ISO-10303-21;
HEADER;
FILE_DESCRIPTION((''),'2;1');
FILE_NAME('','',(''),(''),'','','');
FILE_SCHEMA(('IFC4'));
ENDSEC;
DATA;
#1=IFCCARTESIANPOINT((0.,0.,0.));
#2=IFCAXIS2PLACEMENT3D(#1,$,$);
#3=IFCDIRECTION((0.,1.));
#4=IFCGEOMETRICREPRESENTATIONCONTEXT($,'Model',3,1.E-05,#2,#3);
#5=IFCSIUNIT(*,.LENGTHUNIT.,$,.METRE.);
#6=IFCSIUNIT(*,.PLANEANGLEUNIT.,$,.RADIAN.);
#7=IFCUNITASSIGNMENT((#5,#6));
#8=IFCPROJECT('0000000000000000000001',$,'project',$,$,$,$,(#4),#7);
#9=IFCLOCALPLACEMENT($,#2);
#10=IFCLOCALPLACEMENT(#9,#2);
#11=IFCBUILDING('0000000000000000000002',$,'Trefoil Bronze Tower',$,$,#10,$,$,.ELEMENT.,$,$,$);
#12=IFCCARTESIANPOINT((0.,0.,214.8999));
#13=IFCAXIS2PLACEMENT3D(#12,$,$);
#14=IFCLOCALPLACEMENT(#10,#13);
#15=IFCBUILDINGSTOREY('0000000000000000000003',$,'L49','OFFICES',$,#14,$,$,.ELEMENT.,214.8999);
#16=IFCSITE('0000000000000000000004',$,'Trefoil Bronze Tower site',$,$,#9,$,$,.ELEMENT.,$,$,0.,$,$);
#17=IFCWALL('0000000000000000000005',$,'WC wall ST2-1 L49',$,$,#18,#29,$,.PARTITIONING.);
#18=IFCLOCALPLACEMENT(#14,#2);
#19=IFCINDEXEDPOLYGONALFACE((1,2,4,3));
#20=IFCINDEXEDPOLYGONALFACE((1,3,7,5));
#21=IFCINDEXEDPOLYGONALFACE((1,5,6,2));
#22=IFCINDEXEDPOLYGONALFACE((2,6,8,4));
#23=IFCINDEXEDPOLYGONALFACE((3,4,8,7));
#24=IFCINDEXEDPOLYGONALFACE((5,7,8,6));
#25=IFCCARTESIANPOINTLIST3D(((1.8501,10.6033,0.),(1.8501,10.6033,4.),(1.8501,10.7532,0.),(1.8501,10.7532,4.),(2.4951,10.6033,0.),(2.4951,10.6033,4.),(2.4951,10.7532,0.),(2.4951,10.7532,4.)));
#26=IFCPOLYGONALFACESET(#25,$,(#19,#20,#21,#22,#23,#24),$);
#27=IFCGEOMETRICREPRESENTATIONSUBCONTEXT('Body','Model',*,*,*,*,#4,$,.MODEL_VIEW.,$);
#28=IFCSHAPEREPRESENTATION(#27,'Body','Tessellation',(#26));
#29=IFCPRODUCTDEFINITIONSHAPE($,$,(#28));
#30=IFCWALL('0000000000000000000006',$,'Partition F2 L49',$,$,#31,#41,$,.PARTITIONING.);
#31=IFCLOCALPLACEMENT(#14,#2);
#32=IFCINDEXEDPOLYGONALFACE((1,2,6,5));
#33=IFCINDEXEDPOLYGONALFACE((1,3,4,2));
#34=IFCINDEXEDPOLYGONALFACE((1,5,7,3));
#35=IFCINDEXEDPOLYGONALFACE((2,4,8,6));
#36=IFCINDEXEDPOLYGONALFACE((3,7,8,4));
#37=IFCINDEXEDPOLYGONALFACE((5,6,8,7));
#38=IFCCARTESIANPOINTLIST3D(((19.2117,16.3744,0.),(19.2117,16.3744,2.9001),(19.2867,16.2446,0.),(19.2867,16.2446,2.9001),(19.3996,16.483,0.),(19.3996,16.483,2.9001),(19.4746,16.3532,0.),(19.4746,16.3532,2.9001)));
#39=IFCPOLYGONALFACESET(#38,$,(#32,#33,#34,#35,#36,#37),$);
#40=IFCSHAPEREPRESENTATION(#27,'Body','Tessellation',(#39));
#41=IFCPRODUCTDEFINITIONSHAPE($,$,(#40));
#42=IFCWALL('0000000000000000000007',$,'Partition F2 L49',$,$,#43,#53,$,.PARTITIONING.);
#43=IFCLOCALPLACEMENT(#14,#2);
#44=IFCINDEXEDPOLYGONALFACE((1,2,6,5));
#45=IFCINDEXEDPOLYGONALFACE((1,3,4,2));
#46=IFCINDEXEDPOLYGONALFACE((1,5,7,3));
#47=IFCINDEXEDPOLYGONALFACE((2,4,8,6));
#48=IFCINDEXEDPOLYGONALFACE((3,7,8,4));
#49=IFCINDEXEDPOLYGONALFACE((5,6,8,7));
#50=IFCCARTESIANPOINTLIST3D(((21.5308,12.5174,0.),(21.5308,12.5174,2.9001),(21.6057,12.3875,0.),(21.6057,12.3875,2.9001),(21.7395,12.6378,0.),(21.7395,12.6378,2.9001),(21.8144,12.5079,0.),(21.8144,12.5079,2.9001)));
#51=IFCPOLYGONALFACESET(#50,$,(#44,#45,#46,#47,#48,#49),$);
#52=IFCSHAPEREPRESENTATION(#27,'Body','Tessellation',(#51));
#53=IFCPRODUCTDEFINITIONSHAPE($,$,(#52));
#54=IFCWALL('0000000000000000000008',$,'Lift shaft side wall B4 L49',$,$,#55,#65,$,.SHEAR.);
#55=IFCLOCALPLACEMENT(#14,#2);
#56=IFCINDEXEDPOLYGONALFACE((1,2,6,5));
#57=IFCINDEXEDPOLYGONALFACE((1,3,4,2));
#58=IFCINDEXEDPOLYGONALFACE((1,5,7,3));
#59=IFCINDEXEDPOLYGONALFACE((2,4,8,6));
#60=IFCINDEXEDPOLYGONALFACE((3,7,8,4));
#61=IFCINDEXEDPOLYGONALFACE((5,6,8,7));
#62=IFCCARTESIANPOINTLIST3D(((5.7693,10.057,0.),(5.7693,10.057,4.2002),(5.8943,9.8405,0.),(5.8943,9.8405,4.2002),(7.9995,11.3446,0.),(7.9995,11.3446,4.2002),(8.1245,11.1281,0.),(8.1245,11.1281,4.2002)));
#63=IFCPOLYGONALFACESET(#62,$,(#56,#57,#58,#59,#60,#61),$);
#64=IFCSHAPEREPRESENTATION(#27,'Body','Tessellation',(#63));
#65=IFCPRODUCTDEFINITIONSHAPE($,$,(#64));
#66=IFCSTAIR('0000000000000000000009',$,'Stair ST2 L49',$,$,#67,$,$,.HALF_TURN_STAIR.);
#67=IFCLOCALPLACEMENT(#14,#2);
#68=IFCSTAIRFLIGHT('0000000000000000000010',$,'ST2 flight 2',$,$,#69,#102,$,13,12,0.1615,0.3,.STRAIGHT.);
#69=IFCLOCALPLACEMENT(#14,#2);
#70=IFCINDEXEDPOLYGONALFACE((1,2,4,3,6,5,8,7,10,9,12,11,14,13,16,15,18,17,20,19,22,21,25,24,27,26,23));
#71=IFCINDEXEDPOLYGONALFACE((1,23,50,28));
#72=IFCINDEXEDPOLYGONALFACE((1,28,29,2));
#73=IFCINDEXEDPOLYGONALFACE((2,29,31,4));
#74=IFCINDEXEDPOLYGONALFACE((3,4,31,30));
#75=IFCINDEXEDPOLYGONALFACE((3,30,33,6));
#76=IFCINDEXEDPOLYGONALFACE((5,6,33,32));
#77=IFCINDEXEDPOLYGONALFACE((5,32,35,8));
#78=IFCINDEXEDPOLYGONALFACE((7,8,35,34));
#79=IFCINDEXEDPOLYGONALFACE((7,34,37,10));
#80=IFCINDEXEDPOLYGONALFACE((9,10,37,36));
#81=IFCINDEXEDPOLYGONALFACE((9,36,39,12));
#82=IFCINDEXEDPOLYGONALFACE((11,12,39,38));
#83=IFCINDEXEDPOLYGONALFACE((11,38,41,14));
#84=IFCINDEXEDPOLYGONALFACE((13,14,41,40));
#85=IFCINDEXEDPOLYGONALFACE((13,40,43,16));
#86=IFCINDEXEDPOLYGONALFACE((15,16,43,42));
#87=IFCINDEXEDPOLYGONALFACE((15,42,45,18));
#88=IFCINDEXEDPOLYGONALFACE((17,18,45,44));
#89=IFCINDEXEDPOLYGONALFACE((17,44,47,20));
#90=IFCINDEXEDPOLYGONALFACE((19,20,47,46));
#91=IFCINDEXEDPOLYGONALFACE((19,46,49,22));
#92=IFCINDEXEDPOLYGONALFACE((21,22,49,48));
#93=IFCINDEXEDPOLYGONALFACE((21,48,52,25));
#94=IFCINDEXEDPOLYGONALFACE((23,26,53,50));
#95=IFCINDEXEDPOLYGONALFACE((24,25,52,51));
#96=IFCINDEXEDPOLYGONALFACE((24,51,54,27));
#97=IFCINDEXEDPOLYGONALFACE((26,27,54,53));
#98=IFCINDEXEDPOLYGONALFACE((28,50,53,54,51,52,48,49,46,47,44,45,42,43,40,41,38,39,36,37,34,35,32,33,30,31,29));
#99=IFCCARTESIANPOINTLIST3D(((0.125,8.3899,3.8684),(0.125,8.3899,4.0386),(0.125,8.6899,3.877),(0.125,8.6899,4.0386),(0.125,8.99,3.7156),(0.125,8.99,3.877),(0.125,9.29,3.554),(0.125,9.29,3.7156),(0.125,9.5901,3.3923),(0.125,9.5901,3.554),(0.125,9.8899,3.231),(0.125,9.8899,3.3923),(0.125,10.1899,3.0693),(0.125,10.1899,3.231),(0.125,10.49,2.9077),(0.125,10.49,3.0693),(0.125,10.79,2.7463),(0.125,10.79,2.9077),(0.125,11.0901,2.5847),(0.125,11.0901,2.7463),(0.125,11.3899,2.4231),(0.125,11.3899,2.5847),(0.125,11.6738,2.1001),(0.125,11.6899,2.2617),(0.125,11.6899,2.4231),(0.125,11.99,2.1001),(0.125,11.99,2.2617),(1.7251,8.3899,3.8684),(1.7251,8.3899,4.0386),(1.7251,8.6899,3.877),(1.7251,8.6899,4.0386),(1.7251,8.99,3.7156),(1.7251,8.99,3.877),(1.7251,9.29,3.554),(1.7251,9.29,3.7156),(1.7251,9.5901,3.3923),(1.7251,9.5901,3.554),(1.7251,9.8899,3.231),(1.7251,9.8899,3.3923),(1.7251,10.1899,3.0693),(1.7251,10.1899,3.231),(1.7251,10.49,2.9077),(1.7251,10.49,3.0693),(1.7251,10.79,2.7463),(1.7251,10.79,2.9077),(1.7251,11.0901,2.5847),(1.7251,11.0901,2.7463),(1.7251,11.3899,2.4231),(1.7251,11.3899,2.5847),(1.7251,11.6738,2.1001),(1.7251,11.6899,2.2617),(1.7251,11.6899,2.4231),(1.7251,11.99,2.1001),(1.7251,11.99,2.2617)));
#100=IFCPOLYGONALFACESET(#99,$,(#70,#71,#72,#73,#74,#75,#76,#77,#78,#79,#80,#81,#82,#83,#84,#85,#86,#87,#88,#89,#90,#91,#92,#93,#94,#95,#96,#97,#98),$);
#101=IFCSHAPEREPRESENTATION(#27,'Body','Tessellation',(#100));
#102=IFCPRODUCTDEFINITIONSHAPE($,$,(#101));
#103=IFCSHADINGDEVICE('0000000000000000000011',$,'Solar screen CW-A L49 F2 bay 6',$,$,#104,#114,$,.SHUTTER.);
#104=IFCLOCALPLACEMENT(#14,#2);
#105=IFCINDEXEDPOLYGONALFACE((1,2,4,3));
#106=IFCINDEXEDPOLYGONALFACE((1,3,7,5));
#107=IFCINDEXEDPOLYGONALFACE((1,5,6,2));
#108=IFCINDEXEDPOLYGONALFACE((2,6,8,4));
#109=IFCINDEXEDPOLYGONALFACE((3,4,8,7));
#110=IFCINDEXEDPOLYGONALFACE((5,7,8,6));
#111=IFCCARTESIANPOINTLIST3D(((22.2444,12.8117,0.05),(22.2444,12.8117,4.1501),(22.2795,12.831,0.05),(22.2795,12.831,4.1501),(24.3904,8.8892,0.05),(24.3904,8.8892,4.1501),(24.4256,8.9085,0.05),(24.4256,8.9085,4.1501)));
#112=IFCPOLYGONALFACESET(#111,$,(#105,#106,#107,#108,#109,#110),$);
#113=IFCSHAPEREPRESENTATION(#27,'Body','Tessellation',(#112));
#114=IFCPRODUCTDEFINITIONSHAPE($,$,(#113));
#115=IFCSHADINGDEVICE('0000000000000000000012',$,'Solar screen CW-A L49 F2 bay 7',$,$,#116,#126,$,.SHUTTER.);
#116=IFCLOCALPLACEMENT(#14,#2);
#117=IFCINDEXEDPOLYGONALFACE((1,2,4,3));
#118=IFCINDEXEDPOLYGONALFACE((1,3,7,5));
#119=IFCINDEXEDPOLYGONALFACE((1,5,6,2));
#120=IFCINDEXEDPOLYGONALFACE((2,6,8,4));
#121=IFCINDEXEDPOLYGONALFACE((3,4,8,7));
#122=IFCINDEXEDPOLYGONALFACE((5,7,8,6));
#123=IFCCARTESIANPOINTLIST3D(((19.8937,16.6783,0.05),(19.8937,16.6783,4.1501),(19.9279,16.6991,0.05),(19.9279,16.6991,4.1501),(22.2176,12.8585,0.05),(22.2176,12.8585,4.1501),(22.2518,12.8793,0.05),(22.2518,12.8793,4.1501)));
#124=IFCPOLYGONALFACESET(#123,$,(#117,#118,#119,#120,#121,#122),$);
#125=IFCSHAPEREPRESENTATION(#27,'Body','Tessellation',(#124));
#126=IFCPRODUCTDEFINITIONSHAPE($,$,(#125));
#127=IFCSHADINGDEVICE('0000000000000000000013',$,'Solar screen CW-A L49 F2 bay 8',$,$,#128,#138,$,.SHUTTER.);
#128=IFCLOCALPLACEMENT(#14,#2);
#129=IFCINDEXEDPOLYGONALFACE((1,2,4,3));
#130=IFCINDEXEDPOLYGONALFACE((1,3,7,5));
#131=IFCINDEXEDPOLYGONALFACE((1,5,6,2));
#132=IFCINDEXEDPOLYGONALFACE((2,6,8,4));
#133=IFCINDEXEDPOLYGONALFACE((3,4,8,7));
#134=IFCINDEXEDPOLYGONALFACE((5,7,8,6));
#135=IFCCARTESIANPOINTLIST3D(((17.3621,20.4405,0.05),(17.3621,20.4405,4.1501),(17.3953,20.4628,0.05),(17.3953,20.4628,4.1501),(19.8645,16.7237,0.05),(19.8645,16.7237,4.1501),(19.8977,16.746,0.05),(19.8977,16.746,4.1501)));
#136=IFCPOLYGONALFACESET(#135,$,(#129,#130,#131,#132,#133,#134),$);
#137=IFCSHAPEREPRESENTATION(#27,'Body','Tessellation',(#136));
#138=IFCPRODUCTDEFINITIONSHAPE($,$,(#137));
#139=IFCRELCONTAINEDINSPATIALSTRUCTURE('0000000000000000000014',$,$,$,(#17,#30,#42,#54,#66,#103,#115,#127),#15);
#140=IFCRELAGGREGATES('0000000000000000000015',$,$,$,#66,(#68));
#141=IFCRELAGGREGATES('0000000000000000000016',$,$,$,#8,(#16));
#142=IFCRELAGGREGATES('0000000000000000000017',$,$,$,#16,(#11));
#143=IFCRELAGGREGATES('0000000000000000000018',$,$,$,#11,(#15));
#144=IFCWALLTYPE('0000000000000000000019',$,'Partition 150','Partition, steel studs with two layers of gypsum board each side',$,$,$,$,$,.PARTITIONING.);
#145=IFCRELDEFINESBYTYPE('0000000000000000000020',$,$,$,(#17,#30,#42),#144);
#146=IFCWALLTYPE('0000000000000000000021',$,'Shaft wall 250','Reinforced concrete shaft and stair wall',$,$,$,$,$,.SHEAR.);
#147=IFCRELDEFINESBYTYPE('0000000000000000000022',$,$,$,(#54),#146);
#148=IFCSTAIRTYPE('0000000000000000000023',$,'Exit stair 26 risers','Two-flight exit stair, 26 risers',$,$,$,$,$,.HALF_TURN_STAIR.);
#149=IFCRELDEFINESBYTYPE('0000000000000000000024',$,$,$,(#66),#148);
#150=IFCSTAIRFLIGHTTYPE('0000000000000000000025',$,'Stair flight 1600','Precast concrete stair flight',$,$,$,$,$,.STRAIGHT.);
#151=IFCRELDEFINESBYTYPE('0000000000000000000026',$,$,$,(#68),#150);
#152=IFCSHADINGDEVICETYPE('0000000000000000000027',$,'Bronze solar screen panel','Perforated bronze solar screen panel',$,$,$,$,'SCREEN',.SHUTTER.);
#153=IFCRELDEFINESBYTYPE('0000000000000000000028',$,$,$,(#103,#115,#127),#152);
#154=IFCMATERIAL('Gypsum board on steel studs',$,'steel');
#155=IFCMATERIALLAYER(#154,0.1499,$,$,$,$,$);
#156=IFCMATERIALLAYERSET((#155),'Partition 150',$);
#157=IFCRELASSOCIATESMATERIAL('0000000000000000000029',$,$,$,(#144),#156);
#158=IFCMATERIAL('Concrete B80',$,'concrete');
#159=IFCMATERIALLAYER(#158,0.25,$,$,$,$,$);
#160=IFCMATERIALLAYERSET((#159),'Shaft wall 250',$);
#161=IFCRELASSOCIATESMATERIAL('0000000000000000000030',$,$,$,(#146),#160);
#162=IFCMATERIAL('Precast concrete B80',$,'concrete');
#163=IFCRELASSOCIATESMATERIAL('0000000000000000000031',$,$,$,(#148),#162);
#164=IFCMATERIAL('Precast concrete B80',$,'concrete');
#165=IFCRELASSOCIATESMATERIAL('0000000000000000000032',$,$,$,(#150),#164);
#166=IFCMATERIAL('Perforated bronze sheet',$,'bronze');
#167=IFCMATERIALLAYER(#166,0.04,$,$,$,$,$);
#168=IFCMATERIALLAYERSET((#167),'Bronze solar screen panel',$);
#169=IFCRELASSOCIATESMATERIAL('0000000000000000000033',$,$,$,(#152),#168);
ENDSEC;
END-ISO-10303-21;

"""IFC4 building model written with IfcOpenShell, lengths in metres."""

from ifc_helpers import new_model, si_unit, direction, frame, frame_2d, origin, origin_2d, place, context, subcontext, project, spatial, polyline, rectangle, outline, extrude, material, layer, layer_set, type_object, element, aggregate, save


model = new_model("IFC4")

# Units and contexts
model_context = context("Model", 3, precision=1e-05, world=origin(), true_north=direction((0.0, 1.0)))
body_context = subcontext(model_context, "Body", "Model", "MODEL_VIEW")
ifc_project = project(units=[si_unit("LENGTHUNIT", "METRE"), si_unit("PLANEANGLEUNIT", "RADIAN")], contexts=[model_context])

# Site, building, storey
site_placement = place(None, origin())
site = spatial("IfcSite", under=ifc_project, at=site_placement, Name="Trefoil Bronze Tower site", CompositionType="ELEMENT", RefElevation=0.0)
building_placement = place(site_placement, origin())
building = spatial("IfcBuilding", under=site, at=building_placement, Name="Trefoil Bronze Tower", CompositionType="ELEMENT")
storey_placement = place(building_placement, frame((0.0, 0.0, 214.8999)))
storey = spatial("IfcBuildingStorey", under=building, at=storey_placement, Name="L49", Description="OFFICES", CompositionType="ELEMENT", Elevation=214.8999)

# Shared definitions
ifc_material_1 = material(Name="Gypsum board on steel studs", Category="steel")
ifc_layer_1 = layer(ifc_material_1, 0.1499)
ifc_layer_set_1 = layer_set([ifc_layer_1], Name="Partition 150")
wall_type_1 = type_object("IfcWallType", Name="Partition 150", Description="Partition, steel studs with two layers of gypsum board each side", PredefinedType="PARTITIONING", material=ifc_layer_set_1)

# Walls
wall_1_placement = place(storey_placement, frame((2.4951, 10.6782, 0.0), z_axis=(0.0, 0.0, 1.0), x_axis=(-1.0, 0.0, 0.0)))
element("IfcWall", 1, at=wall_1_placement, inside=storey, type_object=wall_type_1, Name="WC wall ST2-1 L49", PredefinedType="PARTITIONING", context=body_context, shape_type="SweptSolid", body=[
    extrude(rectangle(XDim=0.645, YDim=0.1499, at=frame_2d((0.3225, 0.0))), origin(), (0.0, 0.0, 1.0), 4.0),
])
wall_2_placement = place(storey_placement, frame((19.2493, 16.3096, 0.0), z_axis=(0.0, 0.0, 1.0), x_axis=(0.865811, 0.500371, 0.0)))
element("IfcWall", 2, at=wall_2_placement, inside=storey, type_object=wall_type_1, Name="Partition F2 L49", PredefinedType="PARTITIONING", context=body_context, shape_type="SweptSolid", body=[
    extrude(rectangle(XDim=0.217, YDim=0.1499, at=frame_2d((0.1084, 0.0))), origin(), (0.0, 0.0, 1.0), 2.9001),
])
wall_3_placement = place(storey_placement, frame((21.5681, 12.4524, 0.0), z_axis=(0.0, 0.0, 1.0), x_axis=(0.866304, 0.499518, 0.0)))
element("IfcWall", 3, at=wall_3_placement, inside=storey, type_object=wall_type_1, Name="Partition F2 L49", PredefinedType="PARTITIONING", context=body_context, shape_type="SweptSolid", body=[
    extrude(rectangle(XDim=0.241, YDim=0.1499, at=frame_2d((0.1206, 0.0))), origin(), (0.0, 0.0, 1.0), 2.9001),
])
ifc_material_2 = material(Name="Concrete B80", Category="concrete")
ifc_layer_2 = layer(ifc_material_2, 0.25)
ifc_layer_set_2 = layer_set([ifc_layer_2], Name="Shaft wall 250")
wall_type_2 = type_object("IfcWallType", Name="Shaft wall 250", Description="Reinforced concrete shaft and stair wall", PredefinedType="SHEAR", material=ifc_layer_set_2)
wall_4_placement = place(storey_placement, frame((5.8318, 9.9487, 0.0), z_axis=(0.0, 0.0, 1.0), x_axis=(0.866029, 0.499993, 0.0)))
element("IfcWall", 4, at=wall_4_placement, inside=storey, type_object=wall_type_2, Name="Lift shaft side wall B4 L49", PredefinedType="SHEAR", context=body_context, shape_type="SweptSolid", body=[
    extrude(rectangle(XDim=2.5752, YDim=0.25, at=frame_2d((1.2876, 0.0))), origin(), (0.0, 0.0, 1.0), 4.2002),
])

# Stair, stair flight
ifc_material_3 = material(Name="Precast concrete B80", Category="concrete")
stair_type = type_object("IfcStairType", Name="Exit stair 26 risers", Description="Two-flight exit stair, 26 risers", PredefinedType="HALF_TURN_STAIR", material=ifc_material_3)
stair_placement = place(storey_placement, origin())
stair = element("IfcStair", 5, at=stair_placement, inside=storey, type_object=stair_type, Name="Stair ST2 L49", PredefinedType="HALF_TURN_STAIR")
ifc_material_4 = material(Name="Precast concrete B80", Category="concrete")
stair_flight_type = type_object("IfcStairFlightType", Name="Stair flight 1600", Description="Precast concrete stair flight", PredefinedType="STRAIGHT", material=ifc_material_4)
stair_flight_placement = place(storey_placement, frame((0.925, 11.99, 2.1001), z_axis=(0.0, 0.0, 1.0), x_axis=(0.0, -1.0, 0.0)))
stair_flight = element("IfcStairFlight", 6, at=stair_flight_placement, type_object=stair_flight_type, Name="ST2 flight 2", NumberOfRisers=13, NumberOfTreads=12, PredefinedType="STRAIGHT", RiserHeight=0.1615, TreadLength=0.3, context=body_context, shape_type="SweptSolid", body=[
    extrude(outline(polyline([(0.0, 0.0), (0.0, 0.1616), (0.3, 0.1616), (0.3, 0.323), (0.6001, 0.323), (0.6001, 0.4846), (0.8999, 0.4846), (0.8999, 0.6462), (1.2, 0.6462), (1.2, 0.8076), (1.5, 0.8076), (1.5, 0.9692), (1.8, 0.9692), (1.8, 1.1309), (2.1001, 1.1309), (2.1001, 1.2922), (2.3999, 1.2922), (2.3999, 1.4539), (2.7, 1.4539), (2.7, 1.6155), (3.0, 1.6155), (3.0, 1.7769), (3.3, 1.7769), (3.3, 1.9385), (3.6001, 1.9385), (3.6001, 2.1001), (3.6001, 1.7683), (0.3162, 0.0), (0.0, 0.0)])), frame((0.0, 0.8, 0.0), z_axis=(0.0, -1.0, 0.0), x_axis=(1.0, 0.0, 0.0)), (0.0, 0.0, 1.0), 1.6001),
])
aggregate(stair, [stair_flight])

# Shading devices
ifc_material_5 = material(Name="Perforated bronze sheet", Category="bronze")
ifc_layer_3 = layer(ifc_material_5, 0.04)
ifc_layer_set_3 = layer_set([ifc_layer_3], Name="Bronze solar screen panel")
shading_device_type = type_object("IfcShadingDeviceType", Name="Bronze solar screen panel", Description="Perforated bronze solar screen panel", ElementType="SCREEN", PredefinedType="SHUTTER", material=ifc_layer_set_3)
for number, where, z_axis, x_axis, name in (
    (7, (23.335, 10.8601, 0.05), (0.0, 0.0, 1.0), (-0.479974, 0.877283, 0.0), "Solar screen CW-A L49 F2 bay 6"),
    (8, (21.0728, 14.7788, 0.05), (0.0, 0.0, 1.0), (-0.519762, 0.854311, 0.0), "Solar screen CW-A L49 F2 bay 7"),
):
    element("IfcShadingDevice", number, at=place(storey_placement, frame(where, z_axis=z_axis, x_axis=x_axis)), inside=storey, type_object=shading_device_type, Name=name, PredefinedType="SHUTTER", context=body_context, shape_type="SweptSolid", body=[
        extrude(rectangle(XDim=4.4712, YDim=0.04, at=origin_2d()), origin(), (0.0, 0.0, 1.0), 4.1001),
    ])
shading_device_placement = place(storey_placement, frame((18.6299, 18.5933, 0.05), z_axis=(0.0, 0.0, 1.0), x_axis=(-0.558493, 0.829509, 0.0)))
element("IfcShadingDevice", 9, at=shading_device_placement, inside=storey, type_object=shading_device_type, Name="Solar screen CW-A L49 F2 bay 8", PredefinedType="SHUTTER", context=body_context, shape_type="SweptSolid", body=[
    extrude(rectangle(XDim=4.4807, YDim=0.04, at=origin_2d()), origin(), (0.0, 0.0, 1.0), 4.1001),
])

save(model, "model.ifc")
